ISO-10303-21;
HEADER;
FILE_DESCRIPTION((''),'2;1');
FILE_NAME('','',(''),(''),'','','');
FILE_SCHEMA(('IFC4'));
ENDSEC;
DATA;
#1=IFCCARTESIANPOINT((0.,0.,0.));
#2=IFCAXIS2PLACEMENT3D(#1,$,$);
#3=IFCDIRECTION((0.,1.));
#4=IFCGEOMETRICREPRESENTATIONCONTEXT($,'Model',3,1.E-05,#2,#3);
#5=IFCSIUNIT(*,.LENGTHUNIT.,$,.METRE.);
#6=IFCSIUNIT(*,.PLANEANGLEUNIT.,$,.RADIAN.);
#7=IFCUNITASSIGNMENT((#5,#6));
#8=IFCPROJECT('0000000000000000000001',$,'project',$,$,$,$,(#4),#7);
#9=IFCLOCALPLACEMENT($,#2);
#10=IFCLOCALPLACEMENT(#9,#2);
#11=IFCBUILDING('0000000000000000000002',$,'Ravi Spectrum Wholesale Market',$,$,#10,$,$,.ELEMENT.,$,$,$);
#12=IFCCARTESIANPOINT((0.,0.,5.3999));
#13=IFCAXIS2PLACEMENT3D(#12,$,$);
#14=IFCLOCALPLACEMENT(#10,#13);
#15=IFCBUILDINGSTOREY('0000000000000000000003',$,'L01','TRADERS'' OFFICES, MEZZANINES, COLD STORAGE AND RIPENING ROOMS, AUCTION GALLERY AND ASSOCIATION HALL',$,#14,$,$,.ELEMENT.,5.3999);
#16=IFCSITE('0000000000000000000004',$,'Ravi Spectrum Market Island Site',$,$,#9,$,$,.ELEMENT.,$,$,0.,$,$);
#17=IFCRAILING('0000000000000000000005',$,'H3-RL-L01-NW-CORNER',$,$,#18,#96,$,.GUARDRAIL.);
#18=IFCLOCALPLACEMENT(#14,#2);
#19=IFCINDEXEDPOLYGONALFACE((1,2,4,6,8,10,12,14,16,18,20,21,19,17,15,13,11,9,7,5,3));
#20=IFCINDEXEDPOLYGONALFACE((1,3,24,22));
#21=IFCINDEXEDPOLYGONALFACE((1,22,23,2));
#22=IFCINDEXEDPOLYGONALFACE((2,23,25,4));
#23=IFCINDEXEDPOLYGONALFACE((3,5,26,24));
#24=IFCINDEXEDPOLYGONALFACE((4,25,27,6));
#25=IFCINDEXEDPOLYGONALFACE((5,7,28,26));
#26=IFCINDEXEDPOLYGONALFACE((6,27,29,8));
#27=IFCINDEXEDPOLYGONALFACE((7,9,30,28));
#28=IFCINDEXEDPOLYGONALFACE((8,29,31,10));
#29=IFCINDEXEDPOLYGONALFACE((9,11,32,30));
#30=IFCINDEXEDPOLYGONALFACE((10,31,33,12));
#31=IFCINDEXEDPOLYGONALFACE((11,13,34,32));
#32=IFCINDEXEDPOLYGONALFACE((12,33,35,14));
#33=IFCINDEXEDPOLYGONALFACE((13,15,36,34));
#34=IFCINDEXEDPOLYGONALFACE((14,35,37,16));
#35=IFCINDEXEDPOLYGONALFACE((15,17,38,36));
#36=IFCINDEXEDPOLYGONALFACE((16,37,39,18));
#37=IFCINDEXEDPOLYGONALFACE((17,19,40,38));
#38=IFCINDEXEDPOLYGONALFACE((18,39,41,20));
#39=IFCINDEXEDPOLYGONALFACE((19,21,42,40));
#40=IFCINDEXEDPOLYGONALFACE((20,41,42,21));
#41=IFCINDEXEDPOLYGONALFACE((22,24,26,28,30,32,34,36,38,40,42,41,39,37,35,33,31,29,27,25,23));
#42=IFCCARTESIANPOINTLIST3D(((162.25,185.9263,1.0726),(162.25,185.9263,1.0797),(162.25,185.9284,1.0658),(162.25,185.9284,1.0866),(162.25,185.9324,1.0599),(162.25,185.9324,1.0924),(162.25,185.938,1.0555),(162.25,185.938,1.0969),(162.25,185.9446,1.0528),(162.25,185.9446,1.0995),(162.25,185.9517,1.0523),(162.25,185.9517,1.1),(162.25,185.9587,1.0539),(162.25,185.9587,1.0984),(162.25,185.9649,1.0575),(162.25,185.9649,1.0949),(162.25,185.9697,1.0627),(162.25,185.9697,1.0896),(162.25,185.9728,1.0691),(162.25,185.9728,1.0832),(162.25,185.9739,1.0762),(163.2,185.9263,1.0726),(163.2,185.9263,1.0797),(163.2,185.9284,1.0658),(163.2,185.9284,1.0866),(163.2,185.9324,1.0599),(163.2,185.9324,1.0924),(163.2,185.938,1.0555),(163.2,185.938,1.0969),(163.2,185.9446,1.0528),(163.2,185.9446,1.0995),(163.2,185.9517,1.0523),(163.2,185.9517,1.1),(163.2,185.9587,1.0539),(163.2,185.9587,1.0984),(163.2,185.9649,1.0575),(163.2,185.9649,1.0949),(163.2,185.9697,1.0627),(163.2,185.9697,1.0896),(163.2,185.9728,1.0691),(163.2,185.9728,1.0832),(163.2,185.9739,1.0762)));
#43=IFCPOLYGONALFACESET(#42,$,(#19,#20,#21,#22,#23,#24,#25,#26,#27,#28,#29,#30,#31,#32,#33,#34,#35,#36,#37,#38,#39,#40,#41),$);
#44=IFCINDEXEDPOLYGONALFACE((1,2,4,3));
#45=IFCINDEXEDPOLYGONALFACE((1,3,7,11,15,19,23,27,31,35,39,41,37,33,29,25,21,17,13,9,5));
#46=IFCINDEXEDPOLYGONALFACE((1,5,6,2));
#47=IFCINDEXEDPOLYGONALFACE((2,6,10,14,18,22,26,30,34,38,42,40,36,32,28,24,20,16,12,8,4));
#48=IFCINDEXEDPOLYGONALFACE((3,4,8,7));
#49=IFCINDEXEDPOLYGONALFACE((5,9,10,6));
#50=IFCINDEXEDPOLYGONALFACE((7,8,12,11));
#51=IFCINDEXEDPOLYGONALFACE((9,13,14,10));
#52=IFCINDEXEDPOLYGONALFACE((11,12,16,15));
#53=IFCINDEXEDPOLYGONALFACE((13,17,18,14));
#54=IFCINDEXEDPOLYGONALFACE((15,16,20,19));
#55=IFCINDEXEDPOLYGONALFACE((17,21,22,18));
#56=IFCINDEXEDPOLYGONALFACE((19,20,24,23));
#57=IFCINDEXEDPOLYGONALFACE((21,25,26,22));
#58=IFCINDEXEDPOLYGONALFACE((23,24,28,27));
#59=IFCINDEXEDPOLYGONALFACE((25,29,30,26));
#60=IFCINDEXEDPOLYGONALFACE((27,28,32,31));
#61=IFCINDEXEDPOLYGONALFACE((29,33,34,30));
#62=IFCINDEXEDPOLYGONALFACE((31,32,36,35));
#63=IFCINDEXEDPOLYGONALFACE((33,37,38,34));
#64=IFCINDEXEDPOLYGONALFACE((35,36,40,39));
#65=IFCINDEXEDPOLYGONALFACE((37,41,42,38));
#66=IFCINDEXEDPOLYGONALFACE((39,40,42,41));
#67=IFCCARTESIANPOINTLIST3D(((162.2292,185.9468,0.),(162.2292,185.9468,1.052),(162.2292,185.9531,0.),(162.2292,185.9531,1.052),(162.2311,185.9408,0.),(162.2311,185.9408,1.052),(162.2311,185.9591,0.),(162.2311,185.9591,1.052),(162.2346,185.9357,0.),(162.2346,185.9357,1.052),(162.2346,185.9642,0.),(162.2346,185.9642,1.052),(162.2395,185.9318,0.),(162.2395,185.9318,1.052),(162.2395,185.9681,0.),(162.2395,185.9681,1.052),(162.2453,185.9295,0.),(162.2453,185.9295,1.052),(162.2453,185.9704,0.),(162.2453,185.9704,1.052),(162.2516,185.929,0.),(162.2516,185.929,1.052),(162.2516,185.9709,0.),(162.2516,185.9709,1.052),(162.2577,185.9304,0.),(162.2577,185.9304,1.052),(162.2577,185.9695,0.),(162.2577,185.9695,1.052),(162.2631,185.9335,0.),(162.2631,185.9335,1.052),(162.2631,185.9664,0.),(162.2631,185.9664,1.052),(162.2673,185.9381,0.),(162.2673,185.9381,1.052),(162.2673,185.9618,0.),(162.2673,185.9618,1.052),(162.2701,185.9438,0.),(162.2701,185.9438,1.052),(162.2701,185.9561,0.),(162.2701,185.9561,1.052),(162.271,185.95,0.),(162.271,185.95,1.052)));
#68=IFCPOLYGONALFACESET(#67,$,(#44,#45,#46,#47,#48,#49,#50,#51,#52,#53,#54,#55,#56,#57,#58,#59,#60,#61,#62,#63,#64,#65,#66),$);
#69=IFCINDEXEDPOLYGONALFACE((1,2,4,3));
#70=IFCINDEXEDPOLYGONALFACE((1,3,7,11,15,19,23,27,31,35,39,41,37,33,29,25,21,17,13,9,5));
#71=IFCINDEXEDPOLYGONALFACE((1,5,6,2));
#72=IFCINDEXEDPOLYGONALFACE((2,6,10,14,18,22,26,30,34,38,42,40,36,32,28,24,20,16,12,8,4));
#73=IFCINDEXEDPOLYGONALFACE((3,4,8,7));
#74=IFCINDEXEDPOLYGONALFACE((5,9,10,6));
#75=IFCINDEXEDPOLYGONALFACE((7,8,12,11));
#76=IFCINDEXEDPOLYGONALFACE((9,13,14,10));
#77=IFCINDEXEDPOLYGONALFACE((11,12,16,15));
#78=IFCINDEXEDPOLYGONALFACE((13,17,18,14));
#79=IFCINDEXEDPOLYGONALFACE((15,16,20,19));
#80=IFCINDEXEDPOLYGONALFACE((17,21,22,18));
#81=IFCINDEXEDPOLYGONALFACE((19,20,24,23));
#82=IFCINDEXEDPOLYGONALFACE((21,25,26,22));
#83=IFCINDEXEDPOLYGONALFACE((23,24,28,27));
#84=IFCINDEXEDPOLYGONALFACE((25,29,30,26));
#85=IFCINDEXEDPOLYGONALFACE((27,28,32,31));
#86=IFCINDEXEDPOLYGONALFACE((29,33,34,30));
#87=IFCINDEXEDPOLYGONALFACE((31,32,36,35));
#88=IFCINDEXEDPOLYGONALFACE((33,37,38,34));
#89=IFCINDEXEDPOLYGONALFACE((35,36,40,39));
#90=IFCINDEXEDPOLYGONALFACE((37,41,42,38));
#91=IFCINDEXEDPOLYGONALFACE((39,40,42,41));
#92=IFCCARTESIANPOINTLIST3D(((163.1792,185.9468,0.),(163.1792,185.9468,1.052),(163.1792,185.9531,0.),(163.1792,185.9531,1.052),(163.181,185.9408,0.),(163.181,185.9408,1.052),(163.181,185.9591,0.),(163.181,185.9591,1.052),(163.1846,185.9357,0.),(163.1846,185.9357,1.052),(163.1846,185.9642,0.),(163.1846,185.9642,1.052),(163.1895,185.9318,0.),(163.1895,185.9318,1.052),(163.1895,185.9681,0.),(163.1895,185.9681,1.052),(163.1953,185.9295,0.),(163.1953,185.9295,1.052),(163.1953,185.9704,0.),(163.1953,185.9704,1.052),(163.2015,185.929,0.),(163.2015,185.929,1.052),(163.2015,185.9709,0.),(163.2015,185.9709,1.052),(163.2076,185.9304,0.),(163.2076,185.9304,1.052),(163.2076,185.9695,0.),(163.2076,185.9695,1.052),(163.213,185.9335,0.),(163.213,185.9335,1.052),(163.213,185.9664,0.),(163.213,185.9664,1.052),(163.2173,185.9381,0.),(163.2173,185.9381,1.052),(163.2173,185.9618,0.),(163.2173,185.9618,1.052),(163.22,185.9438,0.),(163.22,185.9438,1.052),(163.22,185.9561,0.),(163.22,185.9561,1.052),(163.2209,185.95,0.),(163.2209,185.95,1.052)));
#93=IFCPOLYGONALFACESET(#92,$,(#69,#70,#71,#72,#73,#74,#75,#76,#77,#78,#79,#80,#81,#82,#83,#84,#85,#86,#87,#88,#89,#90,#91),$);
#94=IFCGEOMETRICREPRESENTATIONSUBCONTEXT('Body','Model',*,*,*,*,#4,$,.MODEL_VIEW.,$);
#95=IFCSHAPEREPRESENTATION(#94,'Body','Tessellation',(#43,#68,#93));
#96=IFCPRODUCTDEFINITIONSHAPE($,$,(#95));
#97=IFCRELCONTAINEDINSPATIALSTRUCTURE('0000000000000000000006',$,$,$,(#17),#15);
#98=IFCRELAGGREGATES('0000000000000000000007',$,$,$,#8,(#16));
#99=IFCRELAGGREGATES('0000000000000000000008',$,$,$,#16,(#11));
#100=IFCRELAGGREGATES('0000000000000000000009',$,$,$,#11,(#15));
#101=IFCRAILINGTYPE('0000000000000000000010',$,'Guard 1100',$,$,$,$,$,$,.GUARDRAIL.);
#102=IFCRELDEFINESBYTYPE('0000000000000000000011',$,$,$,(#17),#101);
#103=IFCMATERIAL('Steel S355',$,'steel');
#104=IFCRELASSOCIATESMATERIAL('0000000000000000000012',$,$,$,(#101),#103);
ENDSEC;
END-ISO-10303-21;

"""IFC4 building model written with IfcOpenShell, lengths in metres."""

from ifc_helpers import new_model, si_unit, direction, frame, origin, origin_2d, place, context, subcontext, project, spatial, circle, extrude, material, type_object, element, save


model = new_model("IFC4")

# Units and contexts
model_context = context("Model", 3, precision=1e-05, world=origin(), true_north=direction((0.0, 1.0)))
body_context = subcontext(model_context, "Body", "Model", "MODEL_VIEW")
ifc_project = project(units=[si_unit("LENGTHUNIT", "METRE"), si_unit("PLANEANGLEUNIT", "RADIAN")], contexts=[model_context])

# Site, building, storey
site_placement = place(None, origin())
site = spatial("IfcSite", under=ifc_project, at=site_placement, Name="Ravi Spectrum Market Island Site", CompositionType="ELEMENT", RefElevation=0.0)
building_placement = place(site_placement, origin())
building = spatial("IfcBuilding", under=site, at=building_placement, Name="Ravi Spectrum Wholesale Market", CompositionType="ELEMENT")
storey_placement = place(building_placement, frame((0.0, 0.0, 5.3999)))
storey = spatial("IfcBuildingStorey", under=building, at=storey_placement, Name="L01", Description="TRADERS' OFFICES, MEZZANINES, COLD STORAGE AND RIPENING ROOMS, AUCTION GALLERY AND ASSOCIATION HALL", CompositionType="ELEMENT", Elevation=5.3999)

# Railing
ifc_material_1 = material(Name="Steel S355", Category="steel")
railing_type = type_object("IfcRailingType", Name="Guard 1100", PredefinedType="GUARDRAIL", material=ifc_material_1)
railing_placement = place(storey_placement, frame((162.25, 185.95, 0.0)))
element("IfcRailing", 1, at=railing_placement, inside=storey, type_object=railing_type, Name="H3-RL-L01-NW-CORNER", PredefinedType="GUARDRAIL", context=body_context, shape_type="SweptSolid", body=[
    extrude(circle(Radius=0.0239, at=origin_2d()), frame((0.0, 0.0, 1.0762), z_axis=(1.0, 0.0, 0.0), x_axis=(0.0, 1.0, 0.0)), (0.0, 0.0, 1.0), 0.95),
    extrude(circle(Radius=0.021, at=origin_2d()), origin(), (0.0, 0.0, 1.0), 1.052),
    extrude(circle(Radius=0.021, at=origin_2d()), frame((0.95, 0.0, 0.0)), (0.0, 0.0, 1.0), 1.052),
])

save(model, "model.ifc")
